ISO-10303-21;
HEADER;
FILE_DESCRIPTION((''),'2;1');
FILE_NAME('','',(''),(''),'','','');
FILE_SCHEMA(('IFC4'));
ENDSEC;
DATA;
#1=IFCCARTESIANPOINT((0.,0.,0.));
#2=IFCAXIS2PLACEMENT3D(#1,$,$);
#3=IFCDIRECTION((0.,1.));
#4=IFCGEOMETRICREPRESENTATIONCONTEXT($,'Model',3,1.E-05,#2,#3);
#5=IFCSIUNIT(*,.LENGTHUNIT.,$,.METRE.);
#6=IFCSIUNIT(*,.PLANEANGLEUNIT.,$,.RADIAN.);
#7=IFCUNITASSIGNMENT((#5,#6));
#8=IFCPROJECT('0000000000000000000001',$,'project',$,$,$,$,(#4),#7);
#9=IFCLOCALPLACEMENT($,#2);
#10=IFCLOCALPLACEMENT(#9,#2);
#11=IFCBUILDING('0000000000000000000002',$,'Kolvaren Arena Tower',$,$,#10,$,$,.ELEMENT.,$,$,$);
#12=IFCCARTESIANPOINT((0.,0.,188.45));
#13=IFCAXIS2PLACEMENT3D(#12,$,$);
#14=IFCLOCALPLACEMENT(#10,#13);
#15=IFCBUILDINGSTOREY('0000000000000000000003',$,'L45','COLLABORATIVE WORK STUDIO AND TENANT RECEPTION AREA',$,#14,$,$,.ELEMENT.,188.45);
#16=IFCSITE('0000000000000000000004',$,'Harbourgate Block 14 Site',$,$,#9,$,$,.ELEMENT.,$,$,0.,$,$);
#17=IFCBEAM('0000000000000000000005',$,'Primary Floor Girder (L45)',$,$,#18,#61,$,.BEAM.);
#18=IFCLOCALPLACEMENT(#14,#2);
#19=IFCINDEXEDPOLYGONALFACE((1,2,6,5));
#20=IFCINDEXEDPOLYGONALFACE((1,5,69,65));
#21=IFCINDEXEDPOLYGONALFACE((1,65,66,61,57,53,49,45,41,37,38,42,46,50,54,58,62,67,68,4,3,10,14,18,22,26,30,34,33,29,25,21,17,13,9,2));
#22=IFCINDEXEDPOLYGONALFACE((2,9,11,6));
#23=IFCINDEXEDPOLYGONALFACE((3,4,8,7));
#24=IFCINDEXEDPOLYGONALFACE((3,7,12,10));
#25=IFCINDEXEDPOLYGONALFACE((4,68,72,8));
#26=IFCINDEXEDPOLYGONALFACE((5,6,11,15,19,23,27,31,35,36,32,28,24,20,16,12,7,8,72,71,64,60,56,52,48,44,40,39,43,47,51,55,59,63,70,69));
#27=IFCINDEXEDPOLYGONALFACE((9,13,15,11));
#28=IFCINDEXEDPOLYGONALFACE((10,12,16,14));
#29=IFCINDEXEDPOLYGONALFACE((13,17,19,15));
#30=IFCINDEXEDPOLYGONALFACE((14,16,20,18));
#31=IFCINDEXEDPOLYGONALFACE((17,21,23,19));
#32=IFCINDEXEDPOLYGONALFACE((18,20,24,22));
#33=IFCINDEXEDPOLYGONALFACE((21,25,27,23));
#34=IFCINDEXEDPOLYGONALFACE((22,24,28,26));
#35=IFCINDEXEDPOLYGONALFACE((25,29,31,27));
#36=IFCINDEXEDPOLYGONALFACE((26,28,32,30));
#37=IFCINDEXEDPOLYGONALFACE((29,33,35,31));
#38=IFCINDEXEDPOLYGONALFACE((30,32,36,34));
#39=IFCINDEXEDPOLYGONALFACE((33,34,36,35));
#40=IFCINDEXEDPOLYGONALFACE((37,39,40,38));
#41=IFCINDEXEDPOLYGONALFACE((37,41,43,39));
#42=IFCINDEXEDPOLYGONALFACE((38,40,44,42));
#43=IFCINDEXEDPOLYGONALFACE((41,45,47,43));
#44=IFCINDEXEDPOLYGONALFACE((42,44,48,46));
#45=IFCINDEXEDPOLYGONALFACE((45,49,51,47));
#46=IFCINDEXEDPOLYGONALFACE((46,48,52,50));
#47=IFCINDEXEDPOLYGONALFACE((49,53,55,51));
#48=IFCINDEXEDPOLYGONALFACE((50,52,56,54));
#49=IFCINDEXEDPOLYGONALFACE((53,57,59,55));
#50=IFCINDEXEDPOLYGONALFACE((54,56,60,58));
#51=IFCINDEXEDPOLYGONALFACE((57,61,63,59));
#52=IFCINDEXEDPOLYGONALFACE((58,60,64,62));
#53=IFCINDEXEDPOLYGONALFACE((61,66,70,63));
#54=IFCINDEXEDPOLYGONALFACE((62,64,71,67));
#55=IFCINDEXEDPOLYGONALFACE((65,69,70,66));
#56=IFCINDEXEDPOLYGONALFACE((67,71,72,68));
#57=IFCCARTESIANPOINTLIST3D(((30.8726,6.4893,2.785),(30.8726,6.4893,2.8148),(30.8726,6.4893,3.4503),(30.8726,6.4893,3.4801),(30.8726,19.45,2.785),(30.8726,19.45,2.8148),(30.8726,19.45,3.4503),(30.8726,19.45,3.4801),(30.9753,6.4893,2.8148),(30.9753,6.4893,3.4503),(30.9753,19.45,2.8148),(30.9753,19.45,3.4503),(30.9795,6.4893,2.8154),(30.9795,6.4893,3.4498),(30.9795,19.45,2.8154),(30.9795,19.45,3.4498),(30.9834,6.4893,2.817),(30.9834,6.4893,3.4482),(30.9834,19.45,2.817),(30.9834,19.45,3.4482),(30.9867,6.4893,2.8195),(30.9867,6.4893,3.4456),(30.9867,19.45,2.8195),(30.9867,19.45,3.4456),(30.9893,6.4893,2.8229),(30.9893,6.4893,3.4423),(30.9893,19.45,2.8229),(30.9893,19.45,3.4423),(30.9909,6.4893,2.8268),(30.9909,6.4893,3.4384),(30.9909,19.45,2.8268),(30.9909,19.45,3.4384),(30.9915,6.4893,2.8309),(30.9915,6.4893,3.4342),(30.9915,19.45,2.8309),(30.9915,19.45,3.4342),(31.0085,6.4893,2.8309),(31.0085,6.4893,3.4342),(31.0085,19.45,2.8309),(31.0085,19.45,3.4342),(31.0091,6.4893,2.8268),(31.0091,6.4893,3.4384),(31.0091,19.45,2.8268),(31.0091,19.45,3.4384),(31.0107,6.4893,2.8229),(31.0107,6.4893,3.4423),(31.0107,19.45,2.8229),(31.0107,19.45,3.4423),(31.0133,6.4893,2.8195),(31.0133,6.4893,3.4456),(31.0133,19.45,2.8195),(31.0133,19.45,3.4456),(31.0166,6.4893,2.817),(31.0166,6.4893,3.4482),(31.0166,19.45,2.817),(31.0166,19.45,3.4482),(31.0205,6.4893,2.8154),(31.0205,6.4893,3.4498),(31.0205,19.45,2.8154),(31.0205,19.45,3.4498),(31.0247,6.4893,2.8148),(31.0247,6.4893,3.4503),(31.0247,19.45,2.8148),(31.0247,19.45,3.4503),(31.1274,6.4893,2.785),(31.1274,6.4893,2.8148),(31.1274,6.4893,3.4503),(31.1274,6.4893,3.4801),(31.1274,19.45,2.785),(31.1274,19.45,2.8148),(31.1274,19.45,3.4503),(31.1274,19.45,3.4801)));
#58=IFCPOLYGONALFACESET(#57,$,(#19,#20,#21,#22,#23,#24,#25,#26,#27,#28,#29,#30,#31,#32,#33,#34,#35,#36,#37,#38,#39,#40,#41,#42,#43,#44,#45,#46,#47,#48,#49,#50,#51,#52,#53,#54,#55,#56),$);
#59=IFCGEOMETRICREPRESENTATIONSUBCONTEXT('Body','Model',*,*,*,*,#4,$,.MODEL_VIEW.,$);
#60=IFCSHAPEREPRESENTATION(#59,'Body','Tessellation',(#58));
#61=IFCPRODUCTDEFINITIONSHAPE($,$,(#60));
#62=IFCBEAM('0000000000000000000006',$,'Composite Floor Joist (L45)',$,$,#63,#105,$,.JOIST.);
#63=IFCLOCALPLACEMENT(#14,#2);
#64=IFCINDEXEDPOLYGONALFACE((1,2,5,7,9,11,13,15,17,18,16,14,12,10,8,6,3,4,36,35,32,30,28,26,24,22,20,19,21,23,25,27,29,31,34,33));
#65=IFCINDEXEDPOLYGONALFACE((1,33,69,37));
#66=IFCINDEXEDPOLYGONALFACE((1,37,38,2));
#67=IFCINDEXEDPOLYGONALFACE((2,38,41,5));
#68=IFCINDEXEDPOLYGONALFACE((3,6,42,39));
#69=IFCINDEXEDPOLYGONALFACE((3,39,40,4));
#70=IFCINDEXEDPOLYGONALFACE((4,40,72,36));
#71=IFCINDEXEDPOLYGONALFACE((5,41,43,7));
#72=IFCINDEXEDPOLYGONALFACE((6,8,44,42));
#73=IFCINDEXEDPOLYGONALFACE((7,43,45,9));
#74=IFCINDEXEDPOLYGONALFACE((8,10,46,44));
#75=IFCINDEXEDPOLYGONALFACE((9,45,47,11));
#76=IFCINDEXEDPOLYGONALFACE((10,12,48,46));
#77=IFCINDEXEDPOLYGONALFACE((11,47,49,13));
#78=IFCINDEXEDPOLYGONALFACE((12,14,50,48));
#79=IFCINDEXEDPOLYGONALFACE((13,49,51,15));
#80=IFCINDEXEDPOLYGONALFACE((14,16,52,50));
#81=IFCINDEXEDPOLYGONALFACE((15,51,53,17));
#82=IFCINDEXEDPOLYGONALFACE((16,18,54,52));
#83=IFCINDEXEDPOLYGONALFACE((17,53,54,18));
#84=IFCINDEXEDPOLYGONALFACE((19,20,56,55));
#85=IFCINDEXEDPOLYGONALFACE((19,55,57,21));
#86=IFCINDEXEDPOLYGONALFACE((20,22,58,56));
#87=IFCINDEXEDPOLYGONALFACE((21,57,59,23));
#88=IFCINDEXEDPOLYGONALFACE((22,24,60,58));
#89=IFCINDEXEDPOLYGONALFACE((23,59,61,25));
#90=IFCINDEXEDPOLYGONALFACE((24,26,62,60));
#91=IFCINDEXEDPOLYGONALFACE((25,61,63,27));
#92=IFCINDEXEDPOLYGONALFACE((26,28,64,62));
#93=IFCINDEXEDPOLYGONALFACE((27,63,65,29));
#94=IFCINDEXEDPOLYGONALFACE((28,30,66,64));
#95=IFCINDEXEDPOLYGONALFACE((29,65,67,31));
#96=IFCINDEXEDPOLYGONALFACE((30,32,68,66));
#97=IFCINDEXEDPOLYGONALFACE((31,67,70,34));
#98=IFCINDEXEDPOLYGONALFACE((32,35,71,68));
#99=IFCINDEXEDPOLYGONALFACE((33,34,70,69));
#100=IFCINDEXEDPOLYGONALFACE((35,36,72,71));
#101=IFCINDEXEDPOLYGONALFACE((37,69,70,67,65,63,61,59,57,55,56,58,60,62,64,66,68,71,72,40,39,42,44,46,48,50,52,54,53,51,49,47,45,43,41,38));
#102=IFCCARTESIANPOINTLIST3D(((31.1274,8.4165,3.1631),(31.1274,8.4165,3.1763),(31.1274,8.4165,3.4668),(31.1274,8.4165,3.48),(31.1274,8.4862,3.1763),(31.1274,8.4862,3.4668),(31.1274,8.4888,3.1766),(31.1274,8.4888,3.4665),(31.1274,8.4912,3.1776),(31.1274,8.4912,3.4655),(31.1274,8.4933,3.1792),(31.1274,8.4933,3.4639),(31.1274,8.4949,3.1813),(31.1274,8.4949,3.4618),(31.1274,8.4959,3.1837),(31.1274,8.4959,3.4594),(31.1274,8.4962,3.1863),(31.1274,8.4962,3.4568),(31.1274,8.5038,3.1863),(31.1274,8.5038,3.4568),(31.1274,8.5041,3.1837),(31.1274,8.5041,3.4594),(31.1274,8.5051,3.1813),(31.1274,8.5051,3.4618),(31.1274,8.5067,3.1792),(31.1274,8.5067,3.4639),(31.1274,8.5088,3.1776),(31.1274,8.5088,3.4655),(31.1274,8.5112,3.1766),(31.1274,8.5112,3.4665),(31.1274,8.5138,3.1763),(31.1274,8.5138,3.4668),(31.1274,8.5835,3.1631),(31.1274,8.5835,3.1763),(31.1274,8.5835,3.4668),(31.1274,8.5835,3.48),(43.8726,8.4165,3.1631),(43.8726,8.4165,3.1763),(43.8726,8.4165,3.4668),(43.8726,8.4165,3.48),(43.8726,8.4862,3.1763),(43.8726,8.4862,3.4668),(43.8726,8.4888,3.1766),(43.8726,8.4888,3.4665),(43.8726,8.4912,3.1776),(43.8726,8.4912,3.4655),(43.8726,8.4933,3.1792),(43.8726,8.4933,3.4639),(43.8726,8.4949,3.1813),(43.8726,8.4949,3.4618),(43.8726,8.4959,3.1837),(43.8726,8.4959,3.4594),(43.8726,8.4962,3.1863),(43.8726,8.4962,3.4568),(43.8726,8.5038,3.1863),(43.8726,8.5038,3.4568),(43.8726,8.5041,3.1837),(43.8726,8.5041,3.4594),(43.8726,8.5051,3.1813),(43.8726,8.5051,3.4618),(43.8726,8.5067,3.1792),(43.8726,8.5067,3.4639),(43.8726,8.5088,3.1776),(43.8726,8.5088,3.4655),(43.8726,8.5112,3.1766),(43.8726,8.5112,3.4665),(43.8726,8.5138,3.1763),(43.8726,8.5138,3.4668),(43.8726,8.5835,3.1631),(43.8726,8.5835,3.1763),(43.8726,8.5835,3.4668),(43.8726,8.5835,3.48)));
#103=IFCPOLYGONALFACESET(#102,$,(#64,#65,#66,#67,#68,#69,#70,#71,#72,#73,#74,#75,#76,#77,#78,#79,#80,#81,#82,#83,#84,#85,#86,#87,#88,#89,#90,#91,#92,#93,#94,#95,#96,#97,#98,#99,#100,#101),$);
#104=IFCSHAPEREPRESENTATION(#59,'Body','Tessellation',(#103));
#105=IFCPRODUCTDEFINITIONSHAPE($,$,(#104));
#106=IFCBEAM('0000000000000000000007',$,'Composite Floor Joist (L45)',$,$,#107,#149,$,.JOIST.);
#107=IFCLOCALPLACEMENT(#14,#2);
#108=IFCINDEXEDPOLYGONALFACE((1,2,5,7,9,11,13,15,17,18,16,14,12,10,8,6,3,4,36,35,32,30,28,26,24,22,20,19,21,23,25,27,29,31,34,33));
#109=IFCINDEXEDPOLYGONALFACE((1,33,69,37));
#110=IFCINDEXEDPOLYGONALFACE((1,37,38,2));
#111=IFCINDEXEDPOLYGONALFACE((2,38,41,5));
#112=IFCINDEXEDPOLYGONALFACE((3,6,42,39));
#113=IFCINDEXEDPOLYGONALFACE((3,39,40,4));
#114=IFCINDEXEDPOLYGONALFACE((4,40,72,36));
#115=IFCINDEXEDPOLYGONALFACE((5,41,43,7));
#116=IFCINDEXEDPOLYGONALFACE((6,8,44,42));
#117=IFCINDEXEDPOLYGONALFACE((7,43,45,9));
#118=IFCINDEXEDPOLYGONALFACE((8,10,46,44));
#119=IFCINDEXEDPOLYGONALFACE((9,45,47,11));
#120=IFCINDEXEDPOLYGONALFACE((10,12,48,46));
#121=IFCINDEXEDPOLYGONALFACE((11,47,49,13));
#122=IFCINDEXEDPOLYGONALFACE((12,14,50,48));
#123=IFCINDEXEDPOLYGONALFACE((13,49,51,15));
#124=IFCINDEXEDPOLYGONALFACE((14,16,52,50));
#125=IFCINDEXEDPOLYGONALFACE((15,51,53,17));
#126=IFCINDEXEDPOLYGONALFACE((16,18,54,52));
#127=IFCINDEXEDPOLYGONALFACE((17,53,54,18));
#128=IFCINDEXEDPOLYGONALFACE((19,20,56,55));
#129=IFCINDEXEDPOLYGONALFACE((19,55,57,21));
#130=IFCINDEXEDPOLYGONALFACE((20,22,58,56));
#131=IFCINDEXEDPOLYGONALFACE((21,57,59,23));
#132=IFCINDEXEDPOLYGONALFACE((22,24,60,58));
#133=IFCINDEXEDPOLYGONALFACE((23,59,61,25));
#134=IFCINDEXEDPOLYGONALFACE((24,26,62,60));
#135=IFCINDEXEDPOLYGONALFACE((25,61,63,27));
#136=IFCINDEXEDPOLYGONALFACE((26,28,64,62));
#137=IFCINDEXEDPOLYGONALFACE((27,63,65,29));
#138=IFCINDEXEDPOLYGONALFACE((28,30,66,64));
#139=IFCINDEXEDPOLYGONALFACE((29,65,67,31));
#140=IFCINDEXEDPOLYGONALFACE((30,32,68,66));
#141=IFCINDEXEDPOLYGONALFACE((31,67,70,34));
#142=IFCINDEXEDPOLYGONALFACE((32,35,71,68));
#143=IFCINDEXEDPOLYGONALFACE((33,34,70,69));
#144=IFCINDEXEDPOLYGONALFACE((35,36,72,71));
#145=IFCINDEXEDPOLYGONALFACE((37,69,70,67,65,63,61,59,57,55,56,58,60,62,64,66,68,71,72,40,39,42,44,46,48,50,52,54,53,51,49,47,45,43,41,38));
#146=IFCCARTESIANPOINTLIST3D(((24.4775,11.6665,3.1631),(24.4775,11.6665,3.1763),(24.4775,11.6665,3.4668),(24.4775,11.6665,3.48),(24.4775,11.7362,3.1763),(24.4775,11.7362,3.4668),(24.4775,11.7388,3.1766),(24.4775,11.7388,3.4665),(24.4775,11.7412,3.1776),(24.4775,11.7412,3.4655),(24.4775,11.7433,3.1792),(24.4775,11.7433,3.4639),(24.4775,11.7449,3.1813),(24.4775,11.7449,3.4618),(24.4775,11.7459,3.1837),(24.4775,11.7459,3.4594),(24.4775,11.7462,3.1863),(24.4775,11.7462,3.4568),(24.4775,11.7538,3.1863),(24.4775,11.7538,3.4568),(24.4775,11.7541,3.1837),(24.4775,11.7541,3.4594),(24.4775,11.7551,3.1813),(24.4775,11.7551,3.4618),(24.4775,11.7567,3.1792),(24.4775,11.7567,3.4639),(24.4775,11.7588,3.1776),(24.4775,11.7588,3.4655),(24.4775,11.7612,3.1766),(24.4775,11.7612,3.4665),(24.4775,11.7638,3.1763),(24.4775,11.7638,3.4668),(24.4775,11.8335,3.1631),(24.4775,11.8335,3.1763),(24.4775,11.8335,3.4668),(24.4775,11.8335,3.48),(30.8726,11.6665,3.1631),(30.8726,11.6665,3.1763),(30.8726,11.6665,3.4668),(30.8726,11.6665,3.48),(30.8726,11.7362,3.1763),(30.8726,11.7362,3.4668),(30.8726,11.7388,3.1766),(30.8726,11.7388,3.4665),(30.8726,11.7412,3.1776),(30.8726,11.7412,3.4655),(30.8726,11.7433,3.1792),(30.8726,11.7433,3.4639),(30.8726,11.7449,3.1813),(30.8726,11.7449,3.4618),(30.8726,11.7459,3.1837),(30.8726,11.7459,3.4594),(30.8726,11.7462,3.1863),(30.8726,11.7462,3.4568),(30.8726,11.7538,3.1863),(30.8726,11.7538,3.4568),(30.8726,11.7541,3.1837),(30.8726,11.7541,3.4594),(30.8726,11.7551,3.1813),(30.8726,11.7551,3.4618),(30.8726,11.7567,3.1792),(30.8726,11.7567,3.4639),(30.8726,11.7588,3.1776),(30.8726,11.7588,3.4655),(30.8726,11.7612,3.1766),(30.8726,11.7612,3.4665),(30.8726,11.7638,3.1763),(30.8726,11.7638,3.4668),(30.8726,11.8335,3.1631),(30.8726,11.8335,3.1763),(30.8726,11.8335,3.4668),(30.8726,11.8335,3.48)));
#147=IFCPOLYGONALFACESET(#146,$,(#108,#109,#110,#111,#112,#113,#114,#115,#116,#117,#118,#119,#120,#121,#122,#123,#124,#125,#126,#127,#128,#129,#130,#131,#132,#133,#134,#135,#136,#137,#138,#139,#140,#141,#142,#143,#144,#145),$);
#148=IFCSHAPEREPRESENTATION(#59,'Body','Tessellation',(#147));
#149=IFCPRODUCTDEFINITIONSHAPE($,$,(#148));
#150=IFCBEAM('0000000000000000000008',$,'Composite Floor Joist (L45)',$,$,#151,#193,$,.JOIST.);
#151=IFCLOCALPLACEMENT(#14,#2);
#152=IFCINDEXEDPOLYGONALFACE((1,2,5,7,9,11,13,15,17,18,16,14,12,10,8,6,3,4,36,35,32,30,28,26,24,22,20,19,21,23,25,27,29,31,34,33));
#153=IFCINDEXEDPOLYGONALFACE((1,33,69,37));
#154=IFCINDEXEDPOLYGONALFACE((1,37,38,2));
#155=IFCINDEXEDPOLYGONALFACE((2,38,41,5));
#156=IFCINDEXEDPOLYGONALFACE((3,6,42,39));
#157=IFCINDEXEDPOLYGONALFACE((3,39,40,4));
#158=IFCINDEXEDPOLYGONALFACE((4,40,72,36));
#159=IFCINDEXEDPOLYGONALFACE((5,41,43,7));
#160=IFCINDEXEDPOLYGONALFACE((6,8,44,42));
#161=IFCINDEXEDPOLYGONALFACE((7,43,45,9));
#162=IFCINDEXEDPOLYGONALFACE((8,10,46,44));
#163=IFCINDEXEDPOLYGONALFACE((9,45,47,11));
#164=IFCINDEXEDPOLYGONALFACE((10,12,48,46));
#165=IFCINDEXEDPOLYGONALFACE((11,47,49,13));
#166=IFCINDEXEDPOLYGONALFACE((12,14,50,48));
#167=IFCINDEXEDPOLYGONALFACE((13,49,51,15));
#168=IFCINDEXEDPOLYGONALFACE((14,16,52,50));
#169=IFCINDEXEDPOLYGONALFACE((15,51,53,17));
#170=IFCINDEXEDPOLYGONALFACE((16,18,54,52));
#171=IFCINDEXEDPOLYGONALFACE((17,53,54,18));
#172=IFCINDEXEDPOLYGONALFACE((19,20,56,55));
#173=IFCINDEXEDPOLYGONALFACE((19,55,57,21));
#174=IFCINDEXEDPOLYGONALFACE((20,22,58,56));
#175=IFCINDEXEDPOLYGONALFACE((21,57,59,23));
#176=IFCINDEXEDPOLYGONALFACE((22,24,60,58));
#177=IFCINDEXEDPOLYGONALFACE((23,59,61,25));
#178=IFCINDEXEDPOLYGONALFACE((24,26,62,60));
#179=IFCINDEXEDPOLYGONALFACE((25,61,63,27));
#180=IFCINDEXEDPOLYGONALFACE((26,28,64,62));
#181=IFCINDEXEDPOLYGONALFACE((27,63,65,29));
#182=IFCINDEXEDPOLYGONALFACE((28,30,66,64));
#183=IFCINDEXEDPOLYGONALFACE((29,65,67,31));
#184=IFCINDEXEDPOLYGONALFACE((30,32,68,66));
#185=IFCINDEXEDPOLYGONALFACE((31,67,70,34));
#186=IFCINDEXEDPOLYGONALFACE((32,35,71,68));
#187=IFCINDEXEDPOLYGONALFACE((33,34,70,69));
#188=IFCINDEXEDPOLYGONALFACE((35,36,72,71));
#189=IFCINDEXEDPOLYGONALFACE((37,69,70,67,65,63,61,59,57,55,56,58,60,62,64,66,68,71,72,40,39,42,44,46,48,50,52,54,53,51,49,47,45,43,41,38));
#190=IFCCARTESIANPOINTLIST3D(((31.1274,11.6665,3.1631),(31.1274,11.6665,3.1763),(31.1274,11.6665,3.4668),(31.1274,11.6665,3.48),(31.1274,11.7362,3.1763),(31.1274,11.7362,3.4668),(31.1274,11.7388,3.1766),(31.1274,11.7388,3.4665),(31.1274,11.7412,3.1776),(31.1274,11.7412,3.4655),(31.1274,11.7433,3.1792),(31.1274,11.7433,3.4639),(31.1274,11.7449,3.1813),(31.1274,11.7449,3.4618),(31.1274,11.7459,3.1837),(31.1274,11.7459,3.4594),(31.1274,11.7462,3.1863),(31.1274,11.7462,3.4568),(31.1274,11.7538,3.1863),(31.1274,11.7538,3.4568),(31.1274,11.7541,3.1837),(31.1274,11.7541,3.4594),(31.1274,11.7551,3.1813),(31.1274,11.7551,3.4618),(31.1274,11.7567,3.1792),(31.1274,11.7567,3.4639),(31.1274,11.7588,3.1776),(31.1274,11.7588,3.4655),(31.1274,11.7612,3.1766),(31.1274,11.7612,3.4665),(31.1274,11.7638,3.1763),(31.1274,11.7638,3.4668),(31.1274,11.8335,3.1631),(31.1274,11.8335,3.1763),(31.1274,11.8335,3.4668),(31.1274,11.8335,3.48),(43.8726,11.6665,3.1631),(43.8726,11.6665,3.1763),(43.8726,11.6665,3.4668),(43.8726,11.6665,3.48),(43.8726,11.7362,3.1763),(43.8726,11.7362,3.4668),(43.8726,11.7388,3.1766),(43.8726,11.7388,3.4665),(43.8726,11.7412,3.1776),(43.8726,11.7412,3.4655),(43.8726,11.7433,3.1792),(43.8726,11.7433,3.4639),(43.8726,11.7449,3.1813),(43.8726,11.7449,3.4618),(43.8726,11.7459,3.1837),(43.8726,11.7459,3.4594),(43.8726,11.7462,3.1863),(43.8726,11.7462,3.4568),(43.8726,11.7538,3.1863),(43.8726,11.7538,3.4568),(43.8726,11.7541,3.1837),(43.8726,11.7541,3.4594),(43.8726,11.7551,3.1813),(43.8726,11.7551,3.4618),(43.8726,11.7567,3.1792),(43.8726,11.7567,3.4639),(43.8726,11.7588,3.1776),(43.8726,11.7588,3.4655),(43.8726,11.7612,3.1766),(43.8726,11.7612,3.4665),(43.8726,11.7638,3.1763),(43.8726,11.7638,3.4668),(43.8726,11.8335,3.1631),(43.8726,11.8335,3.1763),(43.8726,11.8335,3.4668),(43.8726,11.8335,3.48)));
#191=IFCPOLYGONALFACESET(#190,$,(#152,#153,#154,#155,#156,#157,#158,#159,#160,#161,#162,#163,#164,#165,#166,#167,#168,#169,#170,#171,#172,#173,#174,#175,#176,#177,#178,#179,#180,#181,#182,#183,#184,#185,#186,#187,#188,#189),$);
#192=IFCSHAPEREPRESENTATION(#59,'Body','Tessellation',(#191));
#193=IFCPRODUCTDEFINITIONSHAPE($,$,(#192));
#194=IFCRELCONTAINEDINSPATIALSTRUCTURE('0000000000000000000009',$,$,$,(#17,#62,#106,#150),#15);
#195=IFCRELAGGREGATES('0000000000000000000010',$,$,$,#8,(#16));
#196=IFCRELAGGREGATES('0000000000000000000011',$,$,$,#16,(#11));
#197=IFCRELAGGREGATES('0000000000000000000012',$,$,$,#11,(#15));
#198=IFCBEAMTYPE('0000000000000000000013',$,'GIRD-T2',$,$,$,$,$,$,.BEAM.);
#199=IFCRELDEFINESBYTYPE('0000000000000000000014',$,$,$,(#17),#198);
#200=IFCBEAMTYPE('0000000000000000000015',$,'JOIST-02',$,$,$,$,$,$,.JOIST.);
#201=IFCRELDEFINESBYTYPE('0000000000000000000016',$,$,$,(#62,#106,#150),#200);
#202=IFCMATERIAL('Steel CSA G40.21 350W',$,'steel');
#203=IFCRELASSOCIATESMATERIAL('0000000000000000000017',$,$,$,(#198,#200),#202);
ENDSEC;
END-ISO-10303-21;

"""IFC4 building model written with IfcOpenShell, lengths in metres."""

from ifc_helpers import new_model, si_unit, direction, frame, origin, origin_2d, place, context, subcontext, project, spatial, i_section, extrude, material, material_profile, profile_set, type_object, element, save


model = new_model("IFC4")

# Units and contexts
model_context = context("Model", 3, precision=1e-05, world=origin(), true_north=direction((0.0, 1.0)))
body_context = subcontext(model_context, "Body", "Model", "MODEL_VIEW")
ifc_project = project(units=[si_unit("LENGTHUNIT", "METRE"), si_unit("PLANEANGLEUNIT", "RADIAN")], contexts=[model_context])

# Site, building, storey
site_placement = place(None, origin())
site = spatial("IfcSite", under=ifc_project, at=site_placement, Name="Harbourgate Block 14 Site", CompositionType="ELEMENT", RefElevation=0.0)
building_placement = place(site_placement, origin())
building = spatial("IfcBuilding", under=site, at=building_placement, Name="Kolvaren Arena Tower", CompositionType="ELEMENT")
storey_placement = place(building_placement, frame((0.0, 0.0, 188.45)))
storey = spatial("IfcBuildingStorey", under=building, at=storey_placement, Name="L45", Description="COLLABORATIVE WORK STUDIO AND TENANT RECEPTION AREA", CompositionType="ELEMENT", Elevation=188.45)

# Beams
ifc_material_1 = material(Name="Steel CSA G40.21 350W", Category="steel")
ifc_material_profile_1 = material_profile(ifc_material_1, i_section(OverallWidth=0.2549, OverallDepth=0.6951, WebThickness=0.0171, FlangeThickness=0.0298, FilletRadius=0.0161, at=origin_2d()), Name="W690x217")
ifc_profile_set_1 = profile_set([ifc_material_profile_1], Name="Steel CSA G40.21 350W")
beam_type_1 = type_object("IfcBeamType", Name="GIRD-T2", PredefinedType="BEAM", material=ifc_profile_set_1)
beam_1_placement = place(storey_placement, frame((31.0, 6.4893, 3.1326), z_axis=(0.0, 1.0, 0.0), x_axis=(-1.0, 0.0, 0.0)))
element("IfcBeam", 1, at=beam_1_placement, inside=storey, type_object=beam_type_1, Name="Primary Floor Girder (L45)", PredefinedType="BEAM", context=body_context, shape_type="SweptSolid", body=[
    extrude(i_section(OverallWidth=0.2549, OverallDepth=0.6951, WebThickness=0.0171, FlangeThickness=0.0298, FilletRadius=0.0161, at=origin_2d()), origin(), (0.0, 0.0, 1.0), 12.9607),
])
ifc_material_profile_2 = material_profile(ifc_material_1, i_section(OverallWidth=0.167, OverallDepth=0.3169, WebThickness=0.0076, FlangeThickness=0.0132, FilletRadius=0.01, at=origin_2d()), Name="W310x52")
ifc_profile_set_2 = profile_set([ifc_material_profile_2], Name="Steel CSA G40.21 350W")
beam_type_2 = type_object("IfcBeamType", Name="JOIST-02", PredefinedType="JOIST", material=ifc_profile_set_2)
beam_2_placement = place(storey_placement, frame((31.1274, 8.5, 3.3215), z_axis=(1.0, 0.0, 0.0), x_axis=(0.0, 1.0, 0.0)))
element("IfcBeam", 2, at=beam_2_placement, inside=storey, type_object=beam_type_2, Name="Composite Floor Joist (L45)", PredefinedType="JOIST", context=body_context, shape_type="SweptSolid", body=[
    extrude(i_section(OverallWidth=0.167, OverallDepth=0.3169, WebThickness=0.0076, FlangeThickness=0.0132, FilletRadius=0.01, at=origin_2d()), origin(), (0.0, 0.0, 1.0), 12.7451),
])
beam_3_placement = place(storey_placement, frame((24.4775, 11.75, 3.3215), z_axis=(1.0, 0.0, 0.0), x_axis=(0.0, 1.0, 0.0)))
element("IfcBeam", 3, at=beam_3_placement, inside=storey, type_object=beam_type_2, Name="Composite Floor Joist (L45)", PredefinedType="JOIST", context=body_context, shape_type="SweptSolid", body=[
    extrude(i_section(OverallWidth=0.167, OverallDepth=0.3169, WebThickness=0.0076, FlangeThickness=0.0132, FilletRadius=0.01, at=origin_2d()), origin(), (0.0, 0.0, 1.0), 6.395),
])
beam_4_placement = place(storey_placement, frame((31.1274, 11.75, 3.3215), z_axis=(1.0, 0.0, 0.0), x_axis=(0.0, 1.0, 0.0)))
element("IfcBeam", 4, at=beam_4_placement, inside=storey, type_object=beam_type_2, Name="Composite Floor Joist (L45)", PredefinedType="JOIST", context=body_context, shape_type="SweptSolid", body=[
    extrude(i_section(OverallWidth=0.167, OverallDepth=0.3169, WebThickness=0.0076, FlangeThickness=0.0132, FilletRadius=0.01, at=origin_2d()), origin(), (0.0, 0.0, 1.0), 12.7451),
])

save(model, "model.ifc")
